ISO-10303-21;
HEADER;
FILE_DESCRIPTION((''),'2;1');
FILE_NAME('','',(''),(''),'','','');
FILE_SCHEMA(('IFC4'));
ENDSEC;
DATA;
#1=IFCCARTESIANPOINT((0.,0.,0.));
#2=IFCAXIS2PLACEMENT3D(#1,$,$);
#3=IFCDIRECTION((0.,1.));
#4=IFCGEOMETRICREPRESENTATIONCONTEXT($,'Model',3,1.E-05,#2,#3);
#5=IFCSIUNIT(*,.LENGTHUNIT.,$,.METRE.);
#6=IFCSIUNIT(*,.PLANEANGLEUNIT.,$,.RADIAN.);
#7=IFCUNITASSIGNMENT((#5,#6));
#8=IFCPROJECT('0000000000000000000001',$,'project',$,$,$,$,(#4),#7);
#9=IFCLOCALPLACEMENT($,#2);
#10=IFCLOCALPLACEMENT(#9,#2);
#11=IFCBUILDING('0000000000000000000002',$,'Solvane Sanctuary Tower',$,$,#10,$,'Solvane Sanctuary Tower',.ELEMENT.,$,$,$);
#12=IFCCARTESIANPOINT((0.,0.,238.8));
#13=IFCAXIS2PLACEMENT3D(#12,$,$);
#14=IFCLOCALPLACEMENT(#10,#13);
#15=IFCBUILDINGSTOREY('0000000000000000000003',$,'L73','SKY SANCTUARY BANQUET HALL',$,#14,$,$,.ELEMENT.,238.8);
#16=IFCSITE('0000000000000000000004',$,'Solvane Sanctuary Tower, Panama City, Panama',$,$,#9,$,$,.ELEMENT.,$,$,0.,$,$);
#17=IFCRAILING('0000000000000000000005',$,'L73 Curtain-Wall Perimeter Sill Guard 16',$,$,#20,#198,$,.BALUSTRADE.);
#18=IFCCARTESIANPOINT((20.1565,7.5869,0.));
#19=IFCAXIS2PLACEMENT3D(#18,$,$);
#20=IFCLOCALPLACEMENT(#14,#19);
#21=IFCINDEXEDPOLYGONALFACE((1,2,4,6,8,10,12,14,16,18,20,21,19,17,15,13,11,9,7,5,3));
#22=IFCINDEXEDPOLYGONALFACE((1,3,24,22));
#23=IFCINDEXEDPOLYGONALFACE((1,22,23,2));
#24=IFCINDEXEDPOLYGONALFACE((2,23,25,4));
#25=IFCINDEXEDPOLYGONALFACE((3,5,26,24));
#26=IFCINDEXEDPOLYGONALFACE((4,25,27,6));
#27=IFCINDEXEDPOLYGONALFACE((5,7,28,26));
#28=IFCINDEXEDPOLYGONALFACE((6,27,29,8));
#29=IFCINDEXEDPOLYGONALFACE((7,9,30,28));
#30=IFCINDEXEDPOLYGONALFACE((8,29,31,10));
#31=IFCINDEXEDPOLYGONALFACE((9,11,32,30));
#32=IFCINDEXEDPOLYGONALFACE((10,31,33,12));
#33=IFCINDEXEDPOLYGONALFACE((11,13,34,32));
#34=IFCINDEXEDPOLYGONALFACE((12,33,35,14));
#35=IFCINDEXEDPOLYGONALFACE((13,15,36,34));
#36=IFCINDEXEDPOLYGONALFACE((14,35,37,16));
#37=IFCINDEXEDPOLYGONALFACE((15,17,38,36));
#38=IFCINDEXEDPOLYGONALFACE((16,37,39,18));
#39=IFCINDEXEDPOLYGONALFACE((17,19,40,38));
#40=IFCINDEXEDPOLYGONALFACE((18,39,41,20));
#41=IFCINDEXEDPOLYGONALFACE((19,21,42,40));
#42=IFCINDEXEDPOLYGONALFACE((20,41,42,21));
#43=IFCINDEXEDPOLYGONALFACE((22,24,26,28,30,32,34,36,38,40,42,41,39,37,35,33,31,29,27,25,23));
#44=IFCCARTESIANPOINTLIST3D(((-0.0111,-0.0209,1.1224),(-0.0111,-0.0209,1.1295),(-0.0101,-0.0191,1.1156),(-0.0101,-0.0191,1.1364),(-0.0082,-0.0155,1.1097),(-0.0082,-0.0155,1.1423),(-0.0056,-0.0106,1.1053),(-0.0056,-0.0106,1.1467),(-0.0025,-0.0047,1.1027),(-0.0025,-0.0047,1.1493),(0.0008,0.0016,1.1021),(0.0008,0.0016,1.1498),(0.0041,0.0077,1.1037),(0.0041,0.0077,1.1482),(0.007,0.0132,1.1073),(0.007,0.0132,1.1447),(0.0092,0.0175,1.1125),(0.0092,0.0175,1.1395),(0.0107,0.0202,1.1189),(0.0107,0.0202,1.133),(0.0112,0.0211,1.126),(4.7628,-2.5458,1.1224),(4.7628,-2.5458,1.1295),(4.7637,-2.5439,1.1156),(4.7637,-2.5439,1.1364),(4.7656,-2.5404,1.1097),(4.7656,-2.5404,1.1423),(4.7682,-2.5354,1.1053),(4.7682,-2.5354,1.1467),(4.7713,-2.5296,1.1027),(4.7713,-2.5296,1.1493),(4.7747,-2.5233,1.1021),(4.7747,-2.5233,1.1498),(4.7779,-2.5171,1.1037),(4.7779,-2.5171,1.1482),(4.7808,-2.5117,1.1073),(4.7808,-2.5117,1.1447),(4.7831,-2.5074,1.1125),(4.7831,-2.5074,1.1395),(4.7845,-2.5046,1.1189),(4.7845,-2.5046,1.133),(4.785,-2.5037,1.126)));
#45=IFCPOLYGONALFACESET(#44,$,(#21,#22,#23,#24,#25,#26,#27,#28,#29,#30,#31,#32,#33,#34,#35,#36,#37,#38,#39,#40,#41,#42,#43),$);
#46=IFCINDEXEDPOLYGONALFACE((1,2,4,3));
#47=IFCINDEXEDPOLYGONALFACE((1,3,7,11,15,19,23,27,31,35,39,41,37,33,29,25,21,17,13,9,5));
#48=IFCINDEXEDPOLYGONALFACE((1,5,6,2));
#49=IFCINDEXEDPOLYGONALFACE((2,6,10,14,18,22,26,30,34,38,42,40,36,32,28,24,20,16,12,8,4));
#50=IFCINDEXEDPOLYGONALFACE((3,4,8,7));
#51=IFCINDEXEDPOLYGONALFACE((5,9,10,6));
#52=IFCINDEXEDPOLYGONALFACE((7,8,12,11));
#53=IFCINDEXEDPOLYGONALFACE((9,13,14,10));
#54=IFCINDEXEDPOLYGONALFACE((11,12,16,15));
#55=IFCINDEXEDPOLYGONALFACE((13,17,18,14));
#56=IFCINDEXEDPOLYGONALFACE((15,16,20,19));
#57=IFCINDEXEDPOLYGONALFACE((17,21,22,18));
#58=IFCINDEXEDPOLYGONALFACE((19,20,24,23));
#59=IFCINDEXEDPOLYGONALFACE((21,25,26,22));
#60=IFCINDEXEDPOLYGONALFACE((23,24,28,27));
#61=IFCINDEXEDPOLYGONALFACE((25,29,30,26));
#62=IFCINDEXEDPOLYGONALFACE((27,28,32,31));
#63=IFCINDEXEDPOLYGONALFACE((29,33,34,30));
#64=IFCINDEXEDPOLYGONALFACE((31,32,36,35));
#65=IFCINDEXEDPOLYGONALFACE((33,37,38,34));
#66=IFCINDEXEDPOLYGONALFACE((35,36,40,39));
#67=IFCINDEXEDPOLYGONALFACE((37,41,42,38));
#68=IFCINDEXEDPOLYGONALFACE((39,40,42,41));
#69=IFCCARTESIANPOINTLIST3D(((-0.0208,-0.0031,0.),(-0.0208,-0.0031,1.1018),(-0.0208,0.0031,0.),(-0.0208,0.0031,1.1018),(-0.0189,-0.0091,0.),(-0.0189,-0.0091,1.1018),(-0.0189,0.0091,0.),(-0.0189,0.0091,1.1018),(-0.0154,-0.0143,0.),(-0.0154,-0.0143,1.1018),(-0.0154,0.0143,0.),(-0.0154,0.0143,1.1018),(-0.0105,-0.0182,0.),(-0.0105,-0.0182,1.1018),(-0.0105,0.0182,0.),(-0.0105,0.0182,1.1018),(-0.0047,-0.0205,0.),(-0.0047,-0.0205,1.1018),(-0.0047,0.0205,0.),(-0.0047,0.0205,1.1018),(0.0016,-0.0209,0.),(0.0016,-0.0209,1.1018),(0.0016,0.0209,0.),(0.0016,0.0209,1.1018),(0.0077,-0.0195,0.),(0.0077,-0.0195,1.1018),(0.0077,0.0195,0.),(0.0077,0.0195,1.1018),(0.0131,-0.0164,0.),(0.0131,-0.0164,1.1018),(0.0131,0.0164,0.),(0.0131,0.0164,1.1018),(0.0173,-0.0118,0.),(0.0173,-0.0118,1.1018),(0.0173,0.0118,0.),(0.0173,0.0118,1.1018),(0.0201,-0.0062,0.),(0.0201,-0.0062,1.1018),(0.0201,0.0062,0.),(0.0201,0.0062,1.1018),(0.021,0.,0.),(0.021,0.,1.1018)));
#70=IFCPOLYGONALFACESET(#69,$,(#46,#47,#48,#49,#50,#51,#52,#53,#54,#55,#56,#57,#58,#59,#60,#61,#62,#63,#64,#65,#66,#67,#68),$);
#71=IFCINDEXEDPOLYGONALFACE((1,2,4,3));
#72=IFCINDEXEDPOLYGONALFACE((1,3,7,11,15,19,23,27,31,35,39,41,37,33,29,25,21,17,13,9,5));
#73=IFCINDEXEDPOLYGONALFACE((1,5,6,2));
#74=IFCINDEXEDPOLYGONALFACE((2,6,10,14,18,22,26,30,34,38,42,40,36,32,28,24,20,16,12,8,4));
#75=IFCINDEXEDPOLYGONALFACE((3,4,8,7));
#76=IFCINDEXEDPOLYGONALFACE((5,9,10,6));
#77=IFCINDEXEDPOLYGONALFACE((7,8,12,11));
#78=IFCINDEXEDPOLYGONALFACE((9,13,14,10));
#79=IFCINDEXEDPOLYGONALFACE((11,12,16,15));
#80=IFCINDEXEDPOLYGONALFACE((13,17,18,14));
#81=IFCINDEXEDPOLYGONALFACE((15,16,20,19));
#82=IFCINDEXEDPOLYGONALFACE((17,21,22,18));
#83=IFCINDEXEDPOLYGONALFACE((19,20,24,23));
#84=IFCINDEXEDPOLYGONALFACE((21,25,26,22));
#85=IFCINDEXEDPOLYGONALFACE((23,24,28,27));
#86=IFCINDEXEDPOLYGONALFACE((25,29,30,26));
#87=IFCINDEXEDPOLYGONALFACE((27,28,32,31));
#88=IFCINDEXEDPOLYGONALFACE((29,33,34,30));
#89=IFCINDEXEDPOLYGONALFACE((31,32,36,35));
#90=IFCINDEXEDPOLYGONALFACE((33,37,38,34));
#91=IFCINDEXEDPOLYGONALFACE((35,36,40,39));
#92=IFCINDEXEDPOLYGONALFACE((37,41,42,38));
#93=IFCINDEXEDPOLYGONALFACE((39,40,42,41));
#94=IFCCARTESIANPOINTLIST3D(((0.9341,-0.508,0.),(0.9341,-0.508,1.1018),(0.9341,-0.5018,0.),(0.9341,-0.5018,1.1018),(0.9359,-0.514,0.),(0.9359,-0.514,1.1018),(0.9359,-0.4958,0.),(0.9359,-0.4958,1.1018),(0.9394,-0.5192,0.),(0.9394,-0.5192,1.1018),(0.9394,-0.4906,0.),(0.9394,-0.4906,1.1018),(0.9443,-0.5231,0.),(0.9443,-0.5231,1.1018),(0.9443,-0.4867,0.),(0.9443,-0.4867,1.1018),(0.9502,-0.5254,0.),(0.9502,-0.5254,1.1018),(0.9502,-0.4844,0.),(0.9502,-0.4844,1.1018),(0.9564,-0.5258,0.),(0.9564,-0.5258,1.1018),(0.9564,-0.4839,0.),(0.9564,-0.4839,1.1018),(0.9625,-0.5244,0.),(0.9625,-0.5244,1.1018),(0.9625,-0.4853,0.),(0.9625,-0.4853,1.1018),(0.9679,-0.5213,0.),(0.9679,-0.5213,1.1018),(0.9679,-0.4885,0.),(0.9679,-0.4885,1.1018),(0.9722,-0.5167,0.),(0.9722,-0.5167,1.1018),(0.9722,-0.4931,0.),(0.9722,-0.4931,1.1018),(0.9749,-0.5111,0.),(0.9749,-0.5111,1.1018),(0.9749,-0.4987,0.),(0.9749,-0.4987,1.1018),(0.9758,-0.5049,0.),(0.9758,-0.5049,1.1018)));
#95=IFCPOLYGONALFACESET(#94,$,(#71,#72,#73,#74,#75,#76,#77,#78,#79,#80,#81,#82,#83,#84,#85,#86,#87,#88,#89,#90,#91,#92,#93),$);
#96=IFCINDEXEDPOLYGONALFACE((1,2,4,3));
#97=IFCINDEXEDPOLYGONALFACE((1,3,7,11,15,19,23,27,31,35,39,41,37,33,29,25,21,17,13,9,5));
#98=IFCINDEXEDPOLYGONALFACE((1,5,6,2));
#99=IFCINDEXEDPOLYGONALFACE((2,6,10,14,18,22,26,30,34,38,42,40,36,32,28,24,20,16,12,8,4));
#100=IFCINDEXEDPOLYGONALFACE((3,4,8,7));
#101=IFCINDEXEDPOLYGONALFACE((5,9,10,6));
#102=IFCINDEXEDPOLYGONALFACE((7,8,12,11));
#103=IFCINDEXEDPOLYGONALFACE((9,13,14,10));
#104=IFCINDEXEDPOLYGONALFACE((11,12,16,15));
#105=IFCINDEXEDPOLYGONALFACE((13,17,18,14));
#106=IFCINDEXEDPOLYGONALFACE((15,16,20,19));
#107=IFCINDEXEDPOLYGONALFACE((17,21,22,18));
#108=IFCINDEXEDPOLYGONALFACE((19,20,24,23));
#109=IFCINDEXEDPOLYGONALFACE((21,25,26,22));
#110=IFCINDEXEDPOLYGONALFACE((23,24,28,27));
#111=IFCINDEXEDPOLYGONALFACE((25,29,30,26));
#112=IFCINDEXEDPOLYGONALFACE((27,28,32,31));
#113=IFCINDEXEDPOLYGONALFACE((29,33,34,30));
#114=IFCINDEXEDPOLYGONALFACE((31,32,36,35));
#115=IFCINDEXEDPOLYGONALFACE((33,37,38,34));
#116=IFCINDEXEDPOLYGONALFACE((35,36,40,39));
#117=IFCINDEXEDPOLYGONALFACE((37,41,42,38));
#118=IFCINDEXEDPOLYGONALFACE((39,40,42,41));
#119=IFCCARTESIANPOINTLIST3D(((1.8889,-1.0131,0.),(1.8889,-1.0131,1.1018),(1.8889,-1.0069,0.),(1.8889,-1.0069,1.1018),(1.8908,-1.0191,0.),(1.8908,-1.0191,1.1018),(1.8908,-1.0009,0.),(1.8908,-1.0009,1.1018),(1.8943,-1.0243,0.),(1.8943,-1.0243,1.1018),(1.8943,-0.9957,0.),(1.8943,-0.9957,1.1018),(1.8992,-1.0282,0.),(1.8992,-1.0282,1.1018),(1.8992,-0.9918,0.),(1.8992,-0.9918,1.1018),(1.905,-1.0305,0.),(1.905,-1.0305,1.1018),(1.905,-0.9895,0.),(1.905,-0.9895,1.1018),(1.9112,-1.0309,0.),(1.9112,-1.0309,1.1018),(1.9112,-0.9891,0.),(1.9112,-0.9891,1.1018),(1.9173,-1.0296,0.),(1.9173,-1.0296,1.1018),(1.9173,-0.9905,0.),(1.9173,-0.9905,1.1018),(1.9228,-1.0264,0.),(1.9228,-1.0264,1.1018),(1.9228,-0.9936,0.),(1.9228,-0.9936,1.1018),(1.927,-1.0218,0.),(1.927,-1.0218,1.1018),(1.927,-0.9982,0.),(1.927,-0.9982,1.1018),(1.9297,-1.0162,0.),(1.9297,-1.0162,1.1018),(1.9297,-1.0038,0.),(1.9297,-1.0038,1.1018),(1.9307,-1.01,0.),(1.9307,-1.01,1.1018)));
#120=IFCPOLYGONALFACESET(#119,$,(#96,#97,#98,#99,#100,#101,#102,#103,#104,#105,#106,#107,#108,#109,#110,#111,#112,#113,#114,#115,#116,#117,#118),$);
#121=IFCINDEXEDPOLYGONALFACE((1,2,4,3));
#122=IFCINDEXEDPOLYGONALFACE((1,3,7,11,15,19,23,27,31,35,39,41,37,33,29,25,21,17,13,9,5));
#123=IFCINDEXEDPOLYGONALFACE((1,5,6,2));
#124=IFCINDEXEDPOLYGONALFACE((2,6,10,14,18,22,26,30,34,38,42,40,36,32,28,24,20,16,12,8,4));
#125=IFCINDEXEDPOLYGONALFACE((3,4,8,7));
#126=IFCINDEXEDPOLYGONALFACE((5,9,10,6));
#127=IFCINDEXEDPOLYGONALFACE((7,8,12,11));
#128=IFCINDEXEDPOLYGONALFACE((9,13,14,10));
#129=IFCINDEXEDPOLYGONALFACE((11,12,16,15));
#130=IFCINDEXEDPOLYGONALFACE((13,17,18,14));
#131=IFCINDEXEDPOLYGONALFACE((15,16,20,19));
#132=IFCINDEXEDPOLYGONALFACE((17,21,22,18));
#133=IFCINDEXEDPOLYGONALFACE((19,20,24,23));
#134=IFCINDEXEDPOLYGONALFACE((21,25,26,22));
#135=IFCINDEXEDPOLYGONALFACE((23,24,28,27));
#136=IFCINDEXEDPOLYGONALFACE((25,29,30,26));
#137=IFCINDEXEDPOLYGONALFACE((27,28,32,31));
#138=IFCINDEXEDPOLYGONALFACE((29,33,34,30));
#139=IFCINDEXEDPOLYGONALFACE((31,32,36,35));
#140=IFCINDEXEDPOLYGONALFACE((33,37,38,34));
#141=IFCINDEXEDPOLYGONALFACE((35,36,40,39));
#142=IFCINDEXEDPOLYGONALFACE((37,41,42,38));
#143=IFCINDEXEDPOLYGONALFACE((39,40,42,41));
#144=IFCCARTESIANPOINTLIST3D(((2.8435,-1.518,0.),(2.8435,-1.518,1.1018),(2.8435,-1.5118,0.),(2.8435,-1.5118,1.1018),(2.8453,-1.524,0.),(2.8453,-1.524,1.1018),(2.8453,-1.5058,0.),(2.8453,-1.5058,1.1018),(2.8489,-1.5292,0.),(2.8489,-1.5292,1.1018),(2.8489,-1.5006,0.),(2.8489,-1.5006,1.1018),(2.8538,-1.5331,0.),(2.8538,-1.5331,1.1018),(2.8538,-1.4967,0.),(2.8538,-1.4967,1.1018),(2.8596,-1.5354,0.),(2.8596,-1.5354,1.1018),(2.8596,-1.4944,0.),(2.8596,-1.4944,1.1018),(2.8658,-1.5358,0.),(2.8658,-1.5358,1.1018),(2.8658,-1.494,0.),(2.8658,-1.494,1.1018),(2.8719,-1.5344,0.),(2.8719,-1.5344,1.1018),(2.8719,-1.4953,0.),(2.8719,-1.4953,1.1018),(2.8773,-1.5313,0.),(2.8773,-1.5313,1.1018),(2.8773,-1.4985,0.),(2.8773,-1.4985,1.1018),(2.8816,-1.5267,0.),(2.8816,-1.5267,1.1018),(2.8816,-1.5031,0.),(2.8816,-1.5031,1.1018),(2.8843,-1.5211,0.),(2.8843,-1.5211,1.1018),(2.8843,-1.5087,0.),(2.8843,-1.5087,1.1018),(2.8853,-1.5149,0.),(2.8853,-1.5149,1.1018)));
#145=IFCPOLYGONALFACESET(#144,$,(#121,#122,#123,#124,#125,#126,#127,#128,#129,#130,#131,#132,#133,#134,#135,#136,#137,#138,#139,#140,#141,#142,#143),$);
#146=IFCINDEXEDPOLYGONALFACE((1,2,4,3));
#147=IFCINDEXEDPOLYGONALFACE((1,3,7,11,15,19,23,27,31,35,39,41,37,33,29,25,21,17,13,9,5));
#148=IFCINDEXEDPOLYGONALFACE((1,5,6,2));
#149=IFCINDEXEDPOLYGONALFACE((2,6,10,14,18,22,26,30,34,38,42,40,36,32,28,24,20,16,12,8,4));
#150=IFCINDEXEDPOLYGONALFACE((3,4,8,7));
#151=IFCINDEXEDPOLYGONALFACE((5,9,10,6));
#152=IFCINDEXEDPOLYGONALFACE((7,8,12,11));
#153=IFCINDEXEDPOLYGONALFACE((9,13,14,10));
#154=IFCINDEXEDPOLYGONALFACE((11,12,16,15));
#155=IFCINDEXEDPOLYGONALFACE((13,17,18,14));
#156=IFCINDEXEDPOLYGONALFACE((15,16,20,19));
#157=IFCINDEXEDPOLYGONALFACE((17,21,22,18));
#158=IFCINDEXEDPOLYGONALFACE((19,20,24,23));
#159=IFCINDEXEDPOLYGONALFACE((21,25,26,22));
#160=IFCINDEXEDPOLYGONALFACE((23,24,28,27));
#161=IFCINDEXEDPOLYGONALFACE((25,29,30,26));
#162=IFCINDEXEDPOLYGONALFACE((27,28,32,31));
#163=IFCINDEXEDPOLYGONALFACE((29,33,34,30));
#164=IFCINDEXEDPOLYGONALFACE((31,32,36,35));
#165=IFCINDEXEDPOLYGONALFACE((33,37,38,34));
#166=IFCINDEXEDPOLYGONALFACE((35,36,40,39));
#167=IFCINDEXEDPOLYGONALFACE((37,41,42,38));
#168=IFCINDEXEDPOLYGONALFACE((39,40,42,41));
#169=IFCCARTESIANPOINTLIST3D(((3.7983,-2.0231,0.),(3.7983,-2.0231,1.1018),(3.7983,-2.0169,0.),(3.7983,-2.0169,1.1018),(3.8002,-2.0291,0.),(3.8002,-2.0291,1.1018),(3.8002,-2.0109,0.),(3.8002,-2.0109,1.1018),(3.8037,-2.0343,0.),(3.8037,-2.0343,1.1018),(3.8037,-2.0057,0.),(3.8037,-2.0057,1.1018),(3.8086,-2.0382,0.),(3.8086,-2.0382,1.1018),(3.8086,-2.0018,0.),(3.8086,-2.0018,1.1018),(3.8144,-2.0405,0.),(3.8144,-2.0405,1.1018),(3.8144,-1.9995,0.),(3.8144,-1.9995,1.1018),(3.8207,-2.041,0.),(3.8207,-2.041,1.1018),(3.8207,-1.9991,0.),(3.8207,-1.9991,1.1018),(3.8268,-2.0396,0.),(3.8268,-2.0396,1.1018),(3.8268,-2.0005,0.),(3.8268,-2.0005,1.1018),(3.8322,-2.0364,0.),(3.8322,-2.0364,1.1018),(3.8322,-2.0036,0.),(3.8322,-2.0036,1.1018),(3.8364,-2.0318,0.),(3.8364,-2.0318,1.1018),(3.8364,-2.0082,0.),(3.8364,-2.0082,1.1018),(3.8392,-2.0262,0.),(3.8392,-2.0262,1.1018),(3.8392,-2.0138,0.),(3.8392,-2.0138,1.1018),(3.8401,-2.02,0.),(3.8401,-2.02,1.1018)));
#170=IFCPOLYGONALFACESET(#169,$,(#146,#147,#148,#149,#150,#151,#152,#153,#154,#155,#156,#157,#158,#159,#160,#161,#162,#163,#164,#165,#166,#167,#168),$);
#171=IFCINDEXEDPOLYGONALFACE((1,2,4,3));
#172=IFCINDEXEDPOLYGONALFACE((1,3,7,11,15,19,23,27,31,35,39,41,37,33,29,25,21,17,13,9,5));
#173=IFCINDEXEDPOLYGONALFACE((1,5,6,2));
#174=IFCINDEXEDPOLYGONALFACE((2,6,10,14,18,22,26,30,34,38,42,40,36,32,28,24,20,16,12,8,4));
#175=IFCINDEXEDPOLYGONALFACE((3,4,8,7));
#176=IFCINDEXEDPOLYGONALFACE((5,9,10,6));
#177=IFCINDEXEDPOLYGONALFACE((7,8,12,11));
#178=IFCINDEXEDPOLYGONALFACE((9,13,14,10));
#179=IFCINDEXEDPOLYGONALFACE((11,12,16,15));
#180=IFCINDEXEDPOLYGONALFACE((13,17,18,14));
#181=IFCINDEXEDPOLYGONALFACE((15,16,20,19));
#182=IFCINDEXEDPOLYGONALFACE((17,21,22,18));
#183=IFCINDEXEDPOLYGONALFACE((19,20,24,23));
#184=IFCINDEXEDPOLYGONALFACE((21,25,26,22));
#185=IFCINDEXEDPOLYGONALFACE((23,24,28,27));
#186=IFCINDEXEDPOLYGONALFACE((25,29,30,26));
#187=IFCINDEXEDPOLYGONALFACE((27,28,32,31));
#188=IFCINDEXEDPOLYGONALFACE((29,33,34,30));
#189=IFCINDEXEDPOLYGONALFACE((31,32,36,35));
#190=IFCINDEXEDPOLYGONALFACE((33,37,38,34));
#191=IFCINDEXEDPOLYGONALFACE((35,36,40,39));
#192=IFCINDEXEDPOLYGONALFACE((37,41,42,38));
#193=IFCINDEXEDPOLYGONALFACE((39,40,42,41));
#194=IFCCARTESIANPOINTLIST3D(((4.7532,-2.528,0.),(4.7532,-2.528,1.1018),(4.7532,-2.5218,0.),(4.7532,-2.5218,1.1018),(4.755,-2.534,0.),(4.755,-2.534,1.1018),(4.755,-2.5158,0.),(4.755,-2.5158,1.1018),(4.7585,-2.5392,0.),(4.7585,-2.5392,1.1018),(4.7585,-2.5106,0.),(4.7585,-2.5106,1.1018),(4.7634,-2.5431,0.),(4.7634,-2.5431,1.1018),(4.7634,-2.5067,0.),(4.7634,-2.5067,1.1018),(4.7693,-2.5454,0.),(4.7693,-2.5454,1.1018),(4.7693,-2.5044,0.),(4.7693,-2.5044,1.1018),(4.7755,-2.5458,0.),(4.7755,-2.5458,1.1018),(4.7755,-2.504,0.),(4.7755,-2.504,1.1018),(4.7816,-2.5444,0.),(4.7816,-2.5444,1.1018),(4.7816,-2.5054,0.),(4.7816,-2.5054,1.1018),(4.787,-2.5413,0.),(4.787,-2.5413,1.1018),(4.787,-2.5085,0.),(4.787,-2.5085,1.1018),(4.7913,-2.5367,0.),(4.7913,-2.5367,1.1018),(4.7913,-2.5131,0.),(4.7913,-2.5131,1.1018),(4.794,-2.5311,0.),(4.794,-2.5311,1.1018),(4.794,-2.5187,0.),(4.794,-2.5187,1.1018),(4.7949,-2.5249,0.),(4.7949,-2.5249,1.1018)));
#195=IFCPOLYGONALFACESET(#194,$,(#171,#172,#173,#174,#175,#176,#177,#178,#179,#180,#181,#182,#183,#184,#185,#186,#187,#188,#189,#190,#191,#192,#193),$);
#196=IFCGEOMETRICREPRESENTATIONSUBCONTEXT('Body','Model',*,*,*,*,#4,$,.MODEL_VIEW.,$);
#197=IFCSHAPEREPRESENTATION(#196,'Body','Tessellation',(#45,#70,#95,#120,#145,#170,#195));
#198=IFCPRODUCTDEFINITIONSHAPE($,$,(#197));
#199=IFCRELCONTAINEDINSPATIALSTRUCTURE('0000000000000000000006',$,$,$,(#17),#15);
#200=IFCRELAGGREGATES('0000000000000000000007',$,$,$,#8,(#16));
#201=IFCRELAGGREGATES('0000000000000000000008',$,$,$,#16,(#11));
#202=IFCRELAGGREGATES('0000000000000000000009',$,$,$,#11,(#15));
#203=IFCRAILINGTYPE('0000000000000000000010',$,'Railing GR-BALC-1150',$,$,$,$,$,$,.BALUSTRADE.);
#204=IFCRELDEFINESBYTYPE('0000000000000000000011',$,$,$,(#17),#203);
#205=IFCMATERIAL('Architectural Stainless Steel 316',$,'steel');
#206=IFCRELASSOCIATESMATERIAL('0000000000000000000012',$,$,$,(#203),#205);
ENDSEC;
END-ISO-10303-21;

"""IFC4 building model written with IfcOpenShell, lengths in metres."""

from ifc_helpers import new_model, si_unit, direction, frame, origin, origin_2d, place, context, subcontext, project, spatial, circle, extrude, material, type_object, element, save


model = new_model("IFC4")

# Units and contexts
model_context = context("Model", 3, precision=1e-05, world=origin(), true_north=direction((0.0, 1.0)))
body_context = subcontext(model_context, "Body", "Model", "MODEL_VIEW")
ifc_project = project(units=[si_unit("LENGTHUNIT", "METRE"), si_unit("PLANEANGLEUNIT", "RADIAN")], contexts=[model_context])

# Site, building, storey
site_placement = place(None, origin())
site = spatial("IfcSite", under=ifc_project, at=site_placement, Name="Solvane Sanctuary Tower, Panama City, Panama", CompositionType="ELEMENT", RefElevation=0.0)
building_placement = place(site_placement, origin())
building = spatial("IfcBuilding", under=site, at=building_placement, Name="Solvane Sanctuary Tower", LongName="Solvane Sanctuary Tower", CompositionType="ELEMENT")
storey_placement = place(building_placement, frame((0.0, 0.0, 238.8)))
storey = spatial("IfcBuildingStorey", under=building, at=storey_placement, Name="L73", Description="SKY SANCTUARY BANQUET HALL", CompositionType="ELEMENT", Elevation=238.8)

# Shared definitions
ifc_material_1 = material(Name="Architectural Stainless Steel 316", Category="steel")

# Railing
railing_type_1 = type_object("IfcRailingType", Name="Railing GR-BALC-1150", PredefinedType="BALUSTRADE", material=ifc_material_1)
railing_1_placement = place(storey_placement, frame((20.1565, 7.5869, 0.0)))
element("IfcRailing", 1, at=railing_1_placement, inside=storey, type_object=railing_type_1, Name="L73 Curtain-Wall Perimeter Sill Guard 16", PredefinedType="BALUSTRADE", context=body_context, shape_type="SweptSolid", body=[
    extrude(circle(Radius=0.0239, at=origin_2d()), frame((0.0, 0.0, 1.126), z_axis=(0.883977, -0.46753, 0.0), x_axis=(0.46753, 0.883977, 0.0)), (0.0, 0.0, 1.0), 5.4004),
    extrude(circle(Radius=0.021, at=origin_2d()), origin(), (0.0, 0.0, 1.0), 1.1018),
    extrude(circle(Radius=0.021, at=origin_2d()), frame((0.9548, -0.5049, 0.0)), (0.0, 0.0, 1.0), 1.1018),
    extrude(circle(Radius=0.021, at=origin_2d()), frame((1.9097, -1.01, 0.0)), (0.0, 0.0, 1.0), 1.1018),
    extrude(circle(Radius=0.021, at=origin_2d()), frame((2.8643, -1.5149, 0.0)), (0.0, 0.0, 1.0), 1.1018),
    extrude(circle(Radius=0.021, at=origin_2d()), frame((3.8191, -2.02, 0.0)), (0.0, 0.0, 1.0), 1.1018),
    extrude(circle(Radius=0.021, at=origin_2d()), frame((4.7739, -2.5249, 0.0)), (0.0, 0.0, 1.0), 1.1018),
])

save(model, "model.ifc")
